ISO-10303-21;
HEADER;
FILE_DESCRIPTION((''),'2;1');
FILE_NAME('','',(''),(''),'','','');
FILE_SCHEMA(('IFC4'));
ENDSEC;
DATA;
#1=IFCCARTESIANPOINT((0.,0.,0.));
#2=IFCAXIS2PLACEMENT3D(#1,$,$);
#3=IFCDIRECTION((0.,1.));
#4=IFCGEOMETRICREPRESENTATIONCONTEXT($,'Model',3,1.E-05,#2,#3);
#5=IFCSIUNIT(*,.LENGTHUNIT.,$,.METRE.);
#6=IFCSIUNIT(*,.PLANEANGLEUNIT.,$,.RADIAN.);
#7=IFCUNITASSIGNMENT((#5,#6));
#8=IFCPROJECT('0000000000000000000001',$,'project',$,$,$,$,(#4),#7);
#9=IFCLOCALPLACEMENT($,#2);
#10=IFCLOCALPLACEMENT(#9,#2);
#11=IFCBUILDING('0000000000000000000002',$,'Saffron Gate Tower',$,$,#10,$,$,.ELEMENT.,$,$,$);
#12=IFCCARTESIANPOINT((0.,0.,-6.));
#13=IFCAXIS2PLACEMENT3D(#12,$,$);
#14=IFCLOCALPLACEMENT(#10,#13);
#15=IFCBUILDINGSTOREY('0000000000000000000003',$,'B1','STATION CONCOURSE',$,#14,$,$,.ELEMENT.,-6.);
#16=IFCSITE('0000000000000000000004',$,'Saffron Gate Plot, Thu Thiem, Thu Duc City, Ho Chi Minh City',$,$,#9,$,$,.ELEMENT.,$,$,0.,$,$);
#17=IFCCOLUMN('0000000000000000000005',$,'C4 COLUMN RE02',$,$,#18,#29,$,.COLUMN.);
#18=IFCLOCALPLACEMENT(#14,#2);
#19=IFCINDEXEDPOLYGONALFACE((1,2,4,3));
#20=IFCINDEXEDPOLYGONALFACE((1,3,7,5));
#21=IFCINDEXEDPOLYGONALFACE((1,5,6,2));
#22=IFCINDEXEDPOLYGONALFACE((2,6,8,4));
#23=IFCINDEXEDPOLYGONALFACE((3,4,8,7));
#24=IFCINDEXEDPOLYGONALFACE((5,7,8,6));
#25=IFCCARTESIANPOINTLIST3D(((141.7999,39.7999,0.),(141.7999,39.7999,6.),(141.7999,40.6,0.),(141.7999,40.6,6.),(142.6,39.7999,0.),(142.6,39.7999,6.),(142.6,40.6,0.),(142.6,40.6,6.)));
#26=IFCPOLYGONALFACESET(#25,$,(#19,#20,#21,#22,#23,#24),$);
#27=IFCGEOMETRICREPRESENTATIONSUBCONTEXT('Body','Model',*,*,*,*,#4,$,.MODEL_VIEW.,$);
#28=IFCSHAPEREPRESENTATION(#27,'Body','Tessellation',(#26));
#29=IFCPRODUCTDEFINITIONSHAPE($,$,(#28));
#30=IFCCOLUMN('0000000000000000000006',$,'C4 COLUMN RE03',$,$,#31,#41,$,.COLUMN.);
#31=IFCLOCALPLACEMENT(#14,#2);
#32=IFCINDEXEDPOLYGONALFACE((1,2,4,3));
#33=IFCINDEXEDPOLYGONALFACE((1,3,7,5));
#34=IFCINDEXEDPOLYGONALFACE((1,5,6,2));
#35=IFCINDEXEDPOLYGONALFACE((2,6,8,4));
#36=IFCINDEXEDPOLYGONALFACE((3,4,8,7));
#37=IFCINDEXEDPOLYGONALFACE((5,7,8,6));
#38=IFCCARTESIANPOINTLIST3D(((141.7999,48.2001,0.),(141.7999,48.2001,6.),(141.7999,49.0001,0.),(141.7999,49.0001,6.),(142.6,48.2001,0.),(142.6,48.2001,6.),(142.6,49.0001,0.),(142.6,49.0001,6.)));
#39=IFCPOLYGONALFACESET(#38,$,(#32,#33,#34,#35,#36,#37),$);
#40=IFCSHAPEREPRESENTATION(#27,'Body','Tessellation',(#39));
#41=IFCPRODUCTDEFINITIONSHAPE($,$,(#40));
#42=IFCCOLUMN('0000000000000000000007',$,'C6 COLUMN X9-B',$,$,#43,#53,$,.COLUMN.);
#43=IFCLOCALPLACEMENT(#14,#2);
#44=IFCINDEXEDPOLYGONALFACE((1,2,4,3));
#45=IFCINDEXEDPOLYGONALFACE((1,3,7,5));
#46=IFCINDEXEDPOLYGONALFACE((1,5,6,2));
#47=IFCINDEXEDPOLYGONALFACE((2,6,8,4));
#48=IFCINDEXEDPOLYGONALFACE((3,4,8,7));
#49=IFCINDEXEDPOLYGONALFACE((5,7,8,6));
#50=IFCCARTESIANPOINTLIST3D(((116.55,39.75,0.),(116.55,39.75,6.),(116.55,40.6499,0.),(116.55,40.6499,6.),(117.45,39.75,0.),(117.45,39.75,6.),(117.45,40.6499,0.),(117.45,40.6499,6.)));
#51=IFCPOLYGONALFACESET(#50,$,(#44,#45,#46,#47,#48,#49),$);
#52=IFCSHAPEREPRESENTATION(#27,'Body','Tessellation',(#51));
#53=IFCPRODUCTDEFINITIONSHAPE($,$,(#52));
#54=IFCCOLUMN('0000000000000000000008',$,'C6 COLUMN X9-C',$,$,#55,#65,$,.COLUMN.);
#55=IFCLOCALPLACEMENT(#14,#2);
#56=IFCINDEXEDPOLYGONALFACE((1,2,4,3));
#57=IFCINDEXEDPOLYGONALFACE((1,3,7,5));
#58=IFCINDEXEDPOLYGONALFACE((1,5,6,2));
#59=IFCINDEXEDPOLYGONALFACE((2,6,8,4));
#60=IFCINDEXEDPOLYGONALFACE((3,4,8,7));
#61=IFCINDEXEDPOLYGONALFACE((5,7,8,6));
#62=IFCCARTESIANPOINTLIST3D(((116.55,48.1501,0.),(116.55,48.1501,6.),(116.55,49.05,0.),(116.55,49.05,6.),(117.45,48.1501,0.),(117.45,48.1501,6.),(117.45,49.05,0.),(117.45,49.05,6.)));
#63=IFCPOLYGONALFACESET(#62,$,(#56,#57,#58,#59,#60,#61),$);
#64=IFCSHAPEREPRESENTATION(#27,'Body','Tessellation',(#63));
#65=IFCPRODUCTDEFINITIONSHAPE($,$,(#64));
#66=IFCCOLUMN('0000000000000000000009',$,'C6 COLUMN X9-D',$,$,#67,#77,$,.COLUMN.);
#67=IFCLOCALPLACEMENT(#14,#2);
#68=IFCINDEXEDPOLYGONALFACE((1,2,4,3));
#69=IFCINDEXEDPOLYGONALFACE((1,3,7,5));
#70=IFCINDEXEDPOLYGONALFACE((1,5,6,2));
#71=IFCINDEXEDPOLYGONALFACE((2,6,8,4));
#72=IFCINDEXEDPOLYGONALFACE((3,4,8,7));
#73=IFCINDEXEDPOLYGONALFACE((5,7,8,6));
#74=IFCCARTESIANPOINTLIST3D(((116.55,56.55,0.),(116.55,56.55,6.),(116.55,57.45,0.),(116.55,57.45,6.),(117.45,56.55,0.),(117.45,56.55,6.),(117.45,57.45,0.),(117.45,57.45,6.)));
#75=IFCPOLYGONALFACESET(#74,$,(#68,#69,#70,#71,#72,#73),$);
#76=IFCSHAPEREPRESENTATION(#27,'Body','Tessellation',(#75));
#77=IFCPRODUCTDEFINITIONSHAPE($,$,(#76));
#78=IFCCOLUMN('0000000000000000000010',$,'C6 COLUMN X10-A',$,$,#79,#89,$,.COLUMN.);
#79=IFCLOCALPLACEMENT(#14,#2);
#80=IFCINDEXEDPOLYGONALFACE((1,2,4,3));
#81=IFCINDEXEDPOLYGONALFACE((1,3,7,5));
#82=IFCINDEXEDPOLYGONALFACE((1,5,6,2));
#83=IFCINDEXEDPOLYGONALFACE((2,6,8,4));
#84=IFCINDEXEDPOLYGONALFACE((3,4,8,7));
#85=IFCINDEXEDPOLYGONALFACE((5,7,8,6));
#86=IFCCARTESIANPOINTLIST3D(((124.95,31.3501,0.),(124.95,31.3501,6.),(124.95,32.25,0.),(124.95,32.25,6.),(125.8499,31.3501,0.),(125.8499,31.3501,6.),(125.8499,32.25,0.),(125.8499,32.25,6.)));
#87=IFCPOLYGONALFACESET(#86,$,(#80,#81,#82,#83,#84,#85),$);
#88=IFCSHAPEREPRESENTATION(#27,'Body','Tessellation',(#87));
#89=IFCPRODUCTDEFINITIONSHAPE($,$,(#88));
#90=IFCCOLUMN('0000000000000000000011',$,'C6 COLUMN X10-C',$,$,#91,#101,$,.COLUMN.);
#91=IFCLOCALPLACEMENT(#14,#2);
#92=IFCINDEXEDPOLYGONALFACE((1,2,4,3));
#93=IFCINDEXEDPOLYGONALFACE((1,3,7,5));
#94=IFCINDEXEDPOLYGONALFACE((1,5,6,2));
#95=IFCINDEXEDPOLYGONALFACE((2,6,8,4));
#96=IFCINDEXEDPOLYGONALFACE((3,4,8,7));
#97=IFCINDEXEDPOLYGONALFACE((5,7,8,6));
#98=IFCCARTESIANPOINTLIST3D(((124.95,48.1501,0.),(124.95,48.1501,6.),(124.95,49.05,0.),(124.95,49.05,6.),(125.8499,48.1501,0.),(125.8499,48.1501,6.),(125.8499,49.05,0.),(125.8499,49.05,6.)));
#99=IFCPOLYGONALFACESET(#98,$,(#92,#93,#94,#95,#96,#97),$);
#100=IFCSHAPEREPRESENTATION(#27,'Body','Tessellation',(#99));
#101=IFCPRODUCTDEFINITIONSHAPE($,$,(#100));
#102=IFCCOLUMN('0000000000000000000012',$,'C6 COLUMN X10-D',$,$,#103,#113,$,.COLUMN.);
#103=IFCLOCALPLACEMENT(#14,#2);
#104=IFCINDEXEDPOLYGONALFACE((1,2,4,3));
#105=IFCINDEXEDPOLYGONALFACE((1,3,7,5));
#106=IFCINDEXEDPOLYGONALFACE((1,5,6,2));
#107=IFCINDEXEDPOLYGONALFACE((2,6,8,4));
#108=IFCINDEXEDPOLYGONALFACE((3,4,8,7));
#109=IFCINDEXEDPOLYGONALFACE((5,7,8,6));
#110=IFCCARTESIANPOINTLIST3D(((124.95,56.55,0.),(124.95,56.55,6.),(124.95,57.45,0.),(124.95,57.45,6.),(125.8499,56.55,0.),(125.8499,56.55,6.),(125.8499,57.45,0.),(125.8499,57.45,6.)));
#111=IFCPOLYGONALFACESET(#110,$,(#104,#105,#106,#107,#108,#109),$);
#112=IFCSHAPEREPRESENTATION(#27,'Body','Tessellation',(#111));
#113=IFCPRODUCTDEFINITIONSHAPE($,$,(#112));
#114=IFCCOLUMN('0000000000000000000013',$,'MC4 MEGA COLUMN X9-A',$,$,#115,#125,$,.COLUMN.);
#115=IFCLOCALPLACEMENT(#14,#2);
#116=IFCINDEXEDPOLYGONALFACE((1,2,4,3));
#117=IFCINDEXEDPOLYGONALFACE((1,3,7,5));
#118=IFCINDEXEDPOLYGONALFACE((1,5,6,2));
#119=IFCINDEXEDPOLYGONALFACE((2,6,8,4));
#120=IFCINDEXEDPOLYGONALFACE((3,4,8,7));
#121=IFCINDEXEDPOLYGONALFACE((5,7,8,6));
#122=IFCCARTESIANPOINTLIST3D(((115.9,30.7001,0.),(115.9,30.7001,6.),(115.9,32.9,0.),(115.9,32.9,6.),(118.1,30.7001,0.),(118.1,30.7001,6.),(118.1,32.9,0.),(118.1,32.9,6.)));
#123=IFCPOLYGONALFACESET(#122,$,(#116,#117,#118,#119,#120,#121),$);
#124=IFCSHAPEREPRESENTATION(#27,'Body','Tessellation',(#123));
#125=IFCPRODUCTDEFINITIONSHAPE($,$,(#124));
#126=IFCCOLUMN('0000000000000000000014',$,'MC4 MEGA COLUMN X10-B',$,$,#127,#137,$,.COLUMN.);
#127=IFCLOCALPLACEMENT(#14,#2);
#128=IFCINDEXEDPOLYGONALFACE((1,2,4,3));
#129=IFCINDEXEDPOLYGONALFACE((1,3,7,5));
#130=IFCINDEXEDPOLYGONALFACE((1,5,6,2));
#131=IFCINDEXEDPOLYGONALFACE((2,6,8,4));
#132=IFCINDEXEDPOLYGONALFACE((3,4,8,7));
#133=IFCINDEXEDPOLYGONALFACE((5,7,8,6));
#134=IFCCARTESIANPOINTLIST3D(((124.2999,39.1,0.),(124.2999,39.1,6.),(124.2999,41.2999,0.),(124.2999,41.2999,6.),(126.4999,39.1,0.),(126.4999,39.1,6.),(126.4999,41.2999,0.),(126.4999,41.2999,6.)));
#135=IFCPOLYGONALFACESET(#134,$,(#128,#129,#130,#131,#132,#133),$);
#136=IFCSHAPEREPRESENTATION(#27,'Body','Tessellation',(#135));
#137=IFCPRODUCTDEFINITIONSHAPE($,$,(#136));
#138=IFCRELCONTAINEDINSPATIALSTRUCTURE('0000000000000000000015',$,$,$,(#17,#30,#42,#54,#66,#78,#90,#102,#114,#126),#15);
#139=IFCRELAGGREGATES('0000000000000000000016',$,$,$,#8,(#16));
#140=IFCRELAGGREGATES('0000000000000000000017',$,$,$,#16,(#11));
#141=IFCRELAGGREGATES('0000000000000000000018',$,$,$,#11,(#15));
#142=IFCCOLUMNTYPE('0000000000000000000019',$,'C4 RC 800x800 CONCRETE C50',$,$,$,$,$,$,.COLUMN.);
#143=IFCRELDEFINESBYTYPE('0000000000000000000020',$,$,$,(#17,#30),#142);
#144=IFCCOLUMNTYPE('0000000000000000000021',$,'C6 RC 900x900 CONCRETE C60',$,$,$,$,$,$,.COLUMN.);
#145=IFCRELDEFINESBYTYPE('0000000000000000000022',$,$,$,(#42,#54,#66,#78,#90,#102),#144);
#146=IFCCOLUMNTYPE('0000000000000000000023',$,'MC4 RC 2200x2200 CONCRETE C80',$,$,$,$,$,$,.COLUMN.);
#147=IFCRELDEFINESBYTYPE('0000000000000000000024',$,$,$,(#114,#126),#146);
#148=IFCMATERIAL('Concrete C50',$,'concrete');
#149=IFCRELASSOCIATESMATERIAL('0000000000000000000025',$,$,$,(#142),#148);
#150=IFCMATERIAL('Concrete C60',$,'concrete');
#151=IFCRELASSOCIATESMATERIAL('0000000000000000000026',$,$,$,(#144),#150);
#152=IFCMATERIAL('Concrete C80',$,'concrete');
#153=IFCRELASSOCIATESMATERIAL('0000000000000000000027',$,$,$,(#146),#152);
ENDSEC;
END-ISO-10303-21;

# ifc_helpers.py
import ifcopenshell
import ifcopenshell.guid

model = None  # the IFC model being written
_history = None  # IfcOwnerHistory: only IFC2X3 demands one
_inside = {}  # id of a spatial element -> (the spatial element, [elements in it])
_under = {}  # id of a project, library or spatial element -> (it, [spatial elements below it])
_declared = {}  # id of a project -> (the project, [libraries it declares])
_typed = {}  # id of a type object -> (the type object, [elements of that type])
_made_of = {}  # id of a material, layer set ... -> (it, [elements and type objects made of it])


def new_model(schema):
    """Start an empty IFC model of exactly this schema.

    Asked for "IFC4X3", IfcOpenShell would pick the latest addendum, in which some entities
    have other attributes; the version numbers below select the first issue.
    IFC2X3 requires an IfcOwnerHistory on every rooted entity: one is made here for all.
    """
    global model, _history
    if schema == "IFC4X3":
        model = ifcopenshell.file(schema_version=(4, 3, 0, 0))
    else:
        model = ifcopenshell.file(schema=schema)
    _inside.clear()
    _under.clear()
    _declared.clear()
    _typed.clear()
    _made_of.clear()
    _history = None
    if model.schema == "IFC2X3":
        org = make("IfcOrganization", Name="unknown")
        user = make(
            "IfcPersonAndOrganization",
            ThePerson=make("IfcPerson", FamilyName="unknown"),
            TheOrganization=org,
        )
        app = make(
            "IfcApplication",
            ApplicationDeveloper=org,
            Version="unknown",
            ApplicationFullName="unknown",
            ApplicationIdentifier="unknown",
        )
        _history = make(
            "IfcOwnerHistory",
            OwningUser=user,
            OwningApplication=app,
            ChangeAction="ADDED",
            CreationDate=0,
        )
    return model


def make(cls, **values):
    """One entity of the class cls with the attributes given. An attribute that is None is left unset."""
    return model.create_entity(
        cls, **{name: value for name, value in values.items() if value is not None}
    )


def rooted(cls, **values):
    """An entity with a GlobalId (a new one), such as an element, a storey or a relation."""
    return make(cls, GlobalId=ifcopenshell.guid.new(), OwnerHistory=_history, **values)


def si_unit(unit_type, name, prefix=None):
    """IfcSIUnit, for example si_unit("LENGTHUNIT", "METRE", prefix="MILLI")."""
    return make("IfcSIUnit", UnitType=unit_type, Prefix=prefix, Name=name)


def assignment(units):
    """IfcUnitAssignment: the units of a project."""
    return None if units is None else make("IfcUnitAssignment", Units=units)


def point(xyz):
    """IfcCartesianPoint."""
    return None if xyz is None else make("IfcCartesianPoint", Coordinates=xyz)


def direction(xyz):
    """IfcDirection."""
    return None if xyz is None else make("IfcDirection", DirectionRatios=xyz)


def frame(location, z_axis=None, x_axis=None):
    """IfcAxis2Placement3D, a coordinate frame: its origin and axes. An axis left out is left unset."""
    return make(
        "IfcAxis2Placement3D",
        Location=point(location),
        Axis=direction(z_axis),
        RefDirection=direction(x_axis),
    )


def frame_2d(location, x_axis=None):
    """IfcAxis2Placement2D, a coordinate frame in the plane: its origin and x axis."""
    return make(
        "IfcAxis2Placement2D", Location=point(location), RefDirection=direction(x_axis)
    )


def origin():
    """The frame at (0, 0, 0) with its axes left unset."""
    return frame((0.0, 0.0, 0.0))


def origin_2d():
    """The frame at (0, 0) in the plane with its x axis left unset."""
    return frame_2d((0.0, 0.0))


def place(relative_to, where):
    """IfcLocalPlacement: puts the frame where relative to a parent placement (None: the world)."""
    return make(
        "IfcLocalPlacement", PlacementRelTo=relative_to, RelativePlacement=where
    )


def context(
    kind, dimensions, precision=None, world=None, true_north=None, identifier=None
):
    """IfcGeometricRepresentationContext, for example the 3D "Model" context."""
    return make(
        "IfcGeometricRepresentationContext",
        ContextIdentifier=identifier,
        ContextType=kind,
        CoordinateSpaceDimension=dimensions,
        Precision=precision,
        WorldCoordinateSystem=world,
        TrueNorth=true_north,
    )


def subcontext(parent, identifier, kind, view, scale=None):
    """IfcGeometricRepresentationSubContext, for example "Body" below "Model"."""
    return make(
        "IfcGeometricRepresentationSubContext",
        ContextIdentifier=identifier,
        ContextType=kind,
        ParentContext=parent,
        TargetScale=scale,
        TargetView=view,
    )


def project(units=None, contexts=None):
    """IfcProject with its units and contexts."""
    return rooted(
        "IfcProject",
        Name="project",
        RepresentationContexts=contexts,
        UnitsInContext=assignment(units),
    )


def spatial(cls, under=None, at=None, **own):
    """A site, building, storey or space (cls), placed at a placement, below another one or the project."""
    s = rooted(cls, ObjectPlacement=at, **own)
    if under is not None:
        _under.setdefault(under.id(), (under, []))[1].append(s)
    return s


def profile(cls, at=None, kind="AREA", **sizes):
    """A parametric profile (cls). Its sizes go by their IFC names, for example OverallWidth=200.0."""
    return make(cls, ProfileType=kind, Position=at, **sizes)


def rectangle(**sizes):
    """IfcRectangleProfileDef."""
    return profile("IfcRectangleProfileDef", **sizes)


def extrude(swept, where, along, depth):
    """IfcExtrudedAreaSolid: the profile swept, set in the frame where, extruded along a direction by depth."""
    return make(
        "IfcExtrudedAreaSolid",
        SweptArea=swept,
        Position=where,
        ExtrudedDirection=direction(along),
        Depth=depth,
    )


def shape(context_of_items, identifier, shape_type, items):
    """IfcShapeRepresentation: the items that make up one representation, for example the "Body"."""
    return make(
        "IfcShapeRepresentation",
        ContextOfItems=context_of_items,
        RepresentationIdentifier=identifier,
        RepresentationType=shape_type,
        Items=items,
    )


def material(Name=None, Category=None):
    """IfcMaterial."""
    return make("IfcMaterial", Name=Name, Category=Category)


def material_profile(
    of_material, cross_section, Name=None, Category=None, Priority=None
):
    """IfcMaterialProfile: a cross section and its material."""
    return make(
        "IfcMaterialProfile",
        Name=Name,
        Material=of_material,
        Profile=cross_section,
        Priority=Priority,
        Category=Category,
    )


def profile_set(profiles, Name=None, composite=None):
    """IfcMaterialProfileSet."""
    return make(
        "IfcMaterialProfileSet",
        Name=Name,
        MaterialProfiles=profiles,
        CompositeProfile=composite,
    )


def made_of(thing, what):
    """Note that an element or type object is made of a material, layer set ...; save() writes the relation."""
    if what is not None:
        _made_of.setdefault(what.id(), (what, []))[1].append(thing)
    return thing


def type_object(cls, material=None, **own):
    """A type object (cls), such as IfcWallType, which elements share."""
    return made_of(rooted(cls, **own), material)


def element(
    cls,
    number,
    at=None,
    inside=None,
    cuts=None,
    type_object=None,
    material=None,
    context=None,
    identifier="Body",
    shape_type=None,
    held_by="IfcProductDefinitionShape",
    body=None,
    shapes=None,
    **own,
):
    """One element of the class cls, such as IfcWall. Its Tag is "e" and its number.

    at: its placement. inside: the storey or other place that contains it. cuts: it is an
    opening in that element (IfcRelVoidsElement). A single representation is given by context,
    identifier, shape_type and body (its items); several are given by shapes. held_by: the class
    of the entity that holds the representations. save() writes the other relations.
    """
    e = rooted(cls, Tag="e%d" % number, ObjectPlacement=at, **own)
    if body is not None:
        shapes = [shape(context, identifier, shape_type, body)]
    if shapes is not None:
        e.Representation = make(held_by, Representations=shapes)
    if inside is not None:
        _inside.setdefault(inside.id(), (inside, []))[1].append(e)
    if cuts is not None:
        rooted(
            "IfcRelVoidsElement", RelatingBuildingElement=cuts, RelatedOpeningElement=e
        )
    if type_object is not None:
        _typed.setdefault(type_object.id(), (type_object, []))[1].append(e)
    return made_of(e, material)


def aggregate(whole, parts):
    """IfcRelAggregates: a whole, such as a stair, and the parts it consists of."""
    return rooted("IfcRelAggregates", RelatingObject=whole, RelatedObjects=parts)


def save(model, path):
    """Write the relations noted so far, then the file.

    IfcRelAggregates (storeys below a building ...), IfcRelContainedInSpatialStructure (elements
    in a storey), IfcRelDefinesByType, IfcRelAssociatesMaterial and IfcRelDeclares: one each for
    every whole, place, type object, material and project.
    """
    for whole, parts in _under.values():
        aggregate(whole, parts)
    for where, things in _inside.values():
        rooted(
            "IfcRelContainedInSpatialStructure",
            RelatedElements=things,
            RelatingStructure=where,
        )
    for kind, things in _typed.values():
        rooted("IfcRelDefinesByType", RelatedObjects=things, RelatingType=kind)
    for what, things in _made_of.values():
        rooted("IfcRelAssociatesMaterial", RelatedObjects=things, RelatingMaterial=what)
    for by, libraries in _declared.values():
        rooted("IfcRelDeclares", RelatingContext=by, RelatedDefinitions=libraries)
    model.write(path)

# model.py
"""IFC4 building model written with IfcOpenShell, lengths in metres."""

from ifc_helpers import new_model, si_unit, direction, frame, origin, origin_2d, place, context, subcontext, project, spatial, rectangle, extrude, material, material_profile, profile_set, type_object, element, save


model = new_model("IFC4")

# Units and contexts
model_context = context("Model", 3, precision=1e-05, world=origin(), true_north=direction((0.0, 1.0)))
body_context = subcontext(model_context, "Body", "Model", "MODEL_VIEW")
ifc_project = project(units=[si_unit("LENGTHUNIT", "METRE"), si_unit("PLANEANGLEUNIT", "RADIAN")], contexts=[model_context])

# Site, building, storey
site_placement = place(None, origin())
site = spatial("IfcSite", under=ifc_project, at=site_placement, Name="Saffron Gate Plot, Thu Thiem, Thu Duc City, Ho Chi Minh City", CompositionType="ELEMENT", RefElevation=0.0)
building_placement = place(site_placement, origin())
building = spatial("IfcBuilding", under=site, at=building_placement, Name="Saffron Gate Tower", CompositionType="ELEMENT")
storey_placement = place(building_placement, frame((0.0, 0.0, -6.0)))
storey = spatial("IfcBuildingStorey", under=building, at=storey_placement, Name="B1", Description="STATION CONCOURSE", CompositionType="ELEMENT", Elevation=-6.0)

# Columns
ifc_material_1 = material(Name="Concrete C50", Category="concrete")
ifc_material_profile_1 = material_profile(ifc_material_1, rectangle(XDim=0.8, YDim=0.8, at=origin_2d()))
ifc_profile_set_1 = profile_set([ifc_material_profile_1], Name="Concrete C50")
column_type_1 = type_object("IfcColumnType", Name="C4 RC 800x800 CONCRETE C50", PredefinedType="COLUMN", material=ifc_profile_set_1)
for number, where, z_axis, x_axis, name in (
    (1, (142.2, 40.2, 0.0), (0.0, 0.0, 1.0), (1.0, 0.0, 0.0), "C4 COLUMN RE02"),
    (2, (142.2, 48.6001, 0.0), (0.0, 0.0, 1.0), (1.0, 0.0, 0.0), "C4 COLUMN RE03"),
):
    element("IfcColumn", number, at=place(storey_placement, frame(where, z_axis=z_axis, x_axis=x_axis)), inside=storey, type_object=column_type_1, Name=name, PredefinedType="COLUMN", context=body_context, shape_type="SweptSolid", body=[
        extrude(rectangle(XDim=0.8, YDim=0.8, at=origin_2d()), origin(), (0.0, 0.0, 1.0), 6.0),
    ])
ifc_material_2 = material(Name="Concrete C60", Category="concrete")
ifc_material_profile_2 = material_profile(ifc_material_2, rectangle(XDim=0.8999, YDim=0.8999, at=origin_2d()))
ifc_profile_set_2 = profile_set([ifc_material_profile_2], Name="Concrete C60")
column_type_2 = type_object("IfcColumnType", Name="C6 RC 900x900 CONCRETE C60", PredefinedType="COLUMN", material=ifc_profile_set_2)
for number, where, z_axis, x_axis, name in (
    (3, (117.0, 40.2, 0.0), (0.0, 0.0, 1.0), (1.0, 0.0, 0.0), "C6 COLUMN X9-B"),
    (4, (117.0, 48.6001, 0.0), (0.0, 0.0, 1.0), (1.0, 0.0, 0.0), "C6 COLUMN X9-C"),
    (5, (117.0, 57.0, 0.0), (0.0, 0.0, 1.0), (1.0, 0.0, 0.0), "C6 COLUMN X9-D"),
    (6, (125.3999, 31.8, 0.0), (0.0, 0.0, 1.0), (1.0, 0.0, 0.0), "C6 COLUMN X10-A"),
    (7, (125.3999, 48.6001, 0.0), (0.0, 0.0, 1.0), (1.0, 0.0, 0.0), "C6 COLUMN X10-C"),
    (8, (125.3999, 57.0, 0.0), (0.0, 0.0, 1.0), (1.0, 0.0, 0.0), "C6 COLUMN X10-D"),
):
    element("IfcColumn", number, at=place(storey_placement, frame(where, z_axis=z_axis, x_axis=x_axis)), inside=storey, type_object=column_type_2, Name=name, PredefinedType="COLUMN", context=body_context, shape_type="SweptSolid", body=[
        extrude(rectangle(XDim=0.8999, YDim=0.8999, at=origin_2d()), origin(), (0.0, 0.0, 1.0), 6.0),
    ])
ifc_material_3 = material(Name="Concrete C80", Category="concrete")
ifc_material_profile_3 = material_profile(ifc_material_3, rectangle(XDim=2.2, YDim=2.2, at=origin_2d()))
ifc_profile_set_3 = profile_set([ifc_material_profile_3], Name="Concrete C80")
column_type_3 = type_object("IfcColumnType", Name="MC4 RC 2200x2200 CONCRETE C80", PredefinedType="COLUMN", material=ifc_profile_set_3)
for number, where, z_axis, x_axis, name in (
    (9, (117.0, 31.8, 0.0), (0.0, 0.0, 1.0), (1.0, 0.0, 0.0), "MC4 MEGA COLUMN X9-A"),
    (10, (125.3999, 40.2, 0.0), (0.0, 0.0, 1.0), (1.0, 0.0, 0.0), "MC4 MEGA COLUMN X10-B"),
):
    element("IfcColumn", number, at=place(storey_placement, frame(where, z_axis=z_axis, x_axis=x_axis)), inside=storey, type_object=column_type_3, Name=name, PredefinedType="COLUMN", context=body_context, shape_type="SweptSolid", body=[
        extrude(rectangle(XDim=2.2, YDim=2.2, at=origin_2d()), origin(), (0.0, 0.0, 1.0), 6.0),
    ])

save(model, "model.ifc")
